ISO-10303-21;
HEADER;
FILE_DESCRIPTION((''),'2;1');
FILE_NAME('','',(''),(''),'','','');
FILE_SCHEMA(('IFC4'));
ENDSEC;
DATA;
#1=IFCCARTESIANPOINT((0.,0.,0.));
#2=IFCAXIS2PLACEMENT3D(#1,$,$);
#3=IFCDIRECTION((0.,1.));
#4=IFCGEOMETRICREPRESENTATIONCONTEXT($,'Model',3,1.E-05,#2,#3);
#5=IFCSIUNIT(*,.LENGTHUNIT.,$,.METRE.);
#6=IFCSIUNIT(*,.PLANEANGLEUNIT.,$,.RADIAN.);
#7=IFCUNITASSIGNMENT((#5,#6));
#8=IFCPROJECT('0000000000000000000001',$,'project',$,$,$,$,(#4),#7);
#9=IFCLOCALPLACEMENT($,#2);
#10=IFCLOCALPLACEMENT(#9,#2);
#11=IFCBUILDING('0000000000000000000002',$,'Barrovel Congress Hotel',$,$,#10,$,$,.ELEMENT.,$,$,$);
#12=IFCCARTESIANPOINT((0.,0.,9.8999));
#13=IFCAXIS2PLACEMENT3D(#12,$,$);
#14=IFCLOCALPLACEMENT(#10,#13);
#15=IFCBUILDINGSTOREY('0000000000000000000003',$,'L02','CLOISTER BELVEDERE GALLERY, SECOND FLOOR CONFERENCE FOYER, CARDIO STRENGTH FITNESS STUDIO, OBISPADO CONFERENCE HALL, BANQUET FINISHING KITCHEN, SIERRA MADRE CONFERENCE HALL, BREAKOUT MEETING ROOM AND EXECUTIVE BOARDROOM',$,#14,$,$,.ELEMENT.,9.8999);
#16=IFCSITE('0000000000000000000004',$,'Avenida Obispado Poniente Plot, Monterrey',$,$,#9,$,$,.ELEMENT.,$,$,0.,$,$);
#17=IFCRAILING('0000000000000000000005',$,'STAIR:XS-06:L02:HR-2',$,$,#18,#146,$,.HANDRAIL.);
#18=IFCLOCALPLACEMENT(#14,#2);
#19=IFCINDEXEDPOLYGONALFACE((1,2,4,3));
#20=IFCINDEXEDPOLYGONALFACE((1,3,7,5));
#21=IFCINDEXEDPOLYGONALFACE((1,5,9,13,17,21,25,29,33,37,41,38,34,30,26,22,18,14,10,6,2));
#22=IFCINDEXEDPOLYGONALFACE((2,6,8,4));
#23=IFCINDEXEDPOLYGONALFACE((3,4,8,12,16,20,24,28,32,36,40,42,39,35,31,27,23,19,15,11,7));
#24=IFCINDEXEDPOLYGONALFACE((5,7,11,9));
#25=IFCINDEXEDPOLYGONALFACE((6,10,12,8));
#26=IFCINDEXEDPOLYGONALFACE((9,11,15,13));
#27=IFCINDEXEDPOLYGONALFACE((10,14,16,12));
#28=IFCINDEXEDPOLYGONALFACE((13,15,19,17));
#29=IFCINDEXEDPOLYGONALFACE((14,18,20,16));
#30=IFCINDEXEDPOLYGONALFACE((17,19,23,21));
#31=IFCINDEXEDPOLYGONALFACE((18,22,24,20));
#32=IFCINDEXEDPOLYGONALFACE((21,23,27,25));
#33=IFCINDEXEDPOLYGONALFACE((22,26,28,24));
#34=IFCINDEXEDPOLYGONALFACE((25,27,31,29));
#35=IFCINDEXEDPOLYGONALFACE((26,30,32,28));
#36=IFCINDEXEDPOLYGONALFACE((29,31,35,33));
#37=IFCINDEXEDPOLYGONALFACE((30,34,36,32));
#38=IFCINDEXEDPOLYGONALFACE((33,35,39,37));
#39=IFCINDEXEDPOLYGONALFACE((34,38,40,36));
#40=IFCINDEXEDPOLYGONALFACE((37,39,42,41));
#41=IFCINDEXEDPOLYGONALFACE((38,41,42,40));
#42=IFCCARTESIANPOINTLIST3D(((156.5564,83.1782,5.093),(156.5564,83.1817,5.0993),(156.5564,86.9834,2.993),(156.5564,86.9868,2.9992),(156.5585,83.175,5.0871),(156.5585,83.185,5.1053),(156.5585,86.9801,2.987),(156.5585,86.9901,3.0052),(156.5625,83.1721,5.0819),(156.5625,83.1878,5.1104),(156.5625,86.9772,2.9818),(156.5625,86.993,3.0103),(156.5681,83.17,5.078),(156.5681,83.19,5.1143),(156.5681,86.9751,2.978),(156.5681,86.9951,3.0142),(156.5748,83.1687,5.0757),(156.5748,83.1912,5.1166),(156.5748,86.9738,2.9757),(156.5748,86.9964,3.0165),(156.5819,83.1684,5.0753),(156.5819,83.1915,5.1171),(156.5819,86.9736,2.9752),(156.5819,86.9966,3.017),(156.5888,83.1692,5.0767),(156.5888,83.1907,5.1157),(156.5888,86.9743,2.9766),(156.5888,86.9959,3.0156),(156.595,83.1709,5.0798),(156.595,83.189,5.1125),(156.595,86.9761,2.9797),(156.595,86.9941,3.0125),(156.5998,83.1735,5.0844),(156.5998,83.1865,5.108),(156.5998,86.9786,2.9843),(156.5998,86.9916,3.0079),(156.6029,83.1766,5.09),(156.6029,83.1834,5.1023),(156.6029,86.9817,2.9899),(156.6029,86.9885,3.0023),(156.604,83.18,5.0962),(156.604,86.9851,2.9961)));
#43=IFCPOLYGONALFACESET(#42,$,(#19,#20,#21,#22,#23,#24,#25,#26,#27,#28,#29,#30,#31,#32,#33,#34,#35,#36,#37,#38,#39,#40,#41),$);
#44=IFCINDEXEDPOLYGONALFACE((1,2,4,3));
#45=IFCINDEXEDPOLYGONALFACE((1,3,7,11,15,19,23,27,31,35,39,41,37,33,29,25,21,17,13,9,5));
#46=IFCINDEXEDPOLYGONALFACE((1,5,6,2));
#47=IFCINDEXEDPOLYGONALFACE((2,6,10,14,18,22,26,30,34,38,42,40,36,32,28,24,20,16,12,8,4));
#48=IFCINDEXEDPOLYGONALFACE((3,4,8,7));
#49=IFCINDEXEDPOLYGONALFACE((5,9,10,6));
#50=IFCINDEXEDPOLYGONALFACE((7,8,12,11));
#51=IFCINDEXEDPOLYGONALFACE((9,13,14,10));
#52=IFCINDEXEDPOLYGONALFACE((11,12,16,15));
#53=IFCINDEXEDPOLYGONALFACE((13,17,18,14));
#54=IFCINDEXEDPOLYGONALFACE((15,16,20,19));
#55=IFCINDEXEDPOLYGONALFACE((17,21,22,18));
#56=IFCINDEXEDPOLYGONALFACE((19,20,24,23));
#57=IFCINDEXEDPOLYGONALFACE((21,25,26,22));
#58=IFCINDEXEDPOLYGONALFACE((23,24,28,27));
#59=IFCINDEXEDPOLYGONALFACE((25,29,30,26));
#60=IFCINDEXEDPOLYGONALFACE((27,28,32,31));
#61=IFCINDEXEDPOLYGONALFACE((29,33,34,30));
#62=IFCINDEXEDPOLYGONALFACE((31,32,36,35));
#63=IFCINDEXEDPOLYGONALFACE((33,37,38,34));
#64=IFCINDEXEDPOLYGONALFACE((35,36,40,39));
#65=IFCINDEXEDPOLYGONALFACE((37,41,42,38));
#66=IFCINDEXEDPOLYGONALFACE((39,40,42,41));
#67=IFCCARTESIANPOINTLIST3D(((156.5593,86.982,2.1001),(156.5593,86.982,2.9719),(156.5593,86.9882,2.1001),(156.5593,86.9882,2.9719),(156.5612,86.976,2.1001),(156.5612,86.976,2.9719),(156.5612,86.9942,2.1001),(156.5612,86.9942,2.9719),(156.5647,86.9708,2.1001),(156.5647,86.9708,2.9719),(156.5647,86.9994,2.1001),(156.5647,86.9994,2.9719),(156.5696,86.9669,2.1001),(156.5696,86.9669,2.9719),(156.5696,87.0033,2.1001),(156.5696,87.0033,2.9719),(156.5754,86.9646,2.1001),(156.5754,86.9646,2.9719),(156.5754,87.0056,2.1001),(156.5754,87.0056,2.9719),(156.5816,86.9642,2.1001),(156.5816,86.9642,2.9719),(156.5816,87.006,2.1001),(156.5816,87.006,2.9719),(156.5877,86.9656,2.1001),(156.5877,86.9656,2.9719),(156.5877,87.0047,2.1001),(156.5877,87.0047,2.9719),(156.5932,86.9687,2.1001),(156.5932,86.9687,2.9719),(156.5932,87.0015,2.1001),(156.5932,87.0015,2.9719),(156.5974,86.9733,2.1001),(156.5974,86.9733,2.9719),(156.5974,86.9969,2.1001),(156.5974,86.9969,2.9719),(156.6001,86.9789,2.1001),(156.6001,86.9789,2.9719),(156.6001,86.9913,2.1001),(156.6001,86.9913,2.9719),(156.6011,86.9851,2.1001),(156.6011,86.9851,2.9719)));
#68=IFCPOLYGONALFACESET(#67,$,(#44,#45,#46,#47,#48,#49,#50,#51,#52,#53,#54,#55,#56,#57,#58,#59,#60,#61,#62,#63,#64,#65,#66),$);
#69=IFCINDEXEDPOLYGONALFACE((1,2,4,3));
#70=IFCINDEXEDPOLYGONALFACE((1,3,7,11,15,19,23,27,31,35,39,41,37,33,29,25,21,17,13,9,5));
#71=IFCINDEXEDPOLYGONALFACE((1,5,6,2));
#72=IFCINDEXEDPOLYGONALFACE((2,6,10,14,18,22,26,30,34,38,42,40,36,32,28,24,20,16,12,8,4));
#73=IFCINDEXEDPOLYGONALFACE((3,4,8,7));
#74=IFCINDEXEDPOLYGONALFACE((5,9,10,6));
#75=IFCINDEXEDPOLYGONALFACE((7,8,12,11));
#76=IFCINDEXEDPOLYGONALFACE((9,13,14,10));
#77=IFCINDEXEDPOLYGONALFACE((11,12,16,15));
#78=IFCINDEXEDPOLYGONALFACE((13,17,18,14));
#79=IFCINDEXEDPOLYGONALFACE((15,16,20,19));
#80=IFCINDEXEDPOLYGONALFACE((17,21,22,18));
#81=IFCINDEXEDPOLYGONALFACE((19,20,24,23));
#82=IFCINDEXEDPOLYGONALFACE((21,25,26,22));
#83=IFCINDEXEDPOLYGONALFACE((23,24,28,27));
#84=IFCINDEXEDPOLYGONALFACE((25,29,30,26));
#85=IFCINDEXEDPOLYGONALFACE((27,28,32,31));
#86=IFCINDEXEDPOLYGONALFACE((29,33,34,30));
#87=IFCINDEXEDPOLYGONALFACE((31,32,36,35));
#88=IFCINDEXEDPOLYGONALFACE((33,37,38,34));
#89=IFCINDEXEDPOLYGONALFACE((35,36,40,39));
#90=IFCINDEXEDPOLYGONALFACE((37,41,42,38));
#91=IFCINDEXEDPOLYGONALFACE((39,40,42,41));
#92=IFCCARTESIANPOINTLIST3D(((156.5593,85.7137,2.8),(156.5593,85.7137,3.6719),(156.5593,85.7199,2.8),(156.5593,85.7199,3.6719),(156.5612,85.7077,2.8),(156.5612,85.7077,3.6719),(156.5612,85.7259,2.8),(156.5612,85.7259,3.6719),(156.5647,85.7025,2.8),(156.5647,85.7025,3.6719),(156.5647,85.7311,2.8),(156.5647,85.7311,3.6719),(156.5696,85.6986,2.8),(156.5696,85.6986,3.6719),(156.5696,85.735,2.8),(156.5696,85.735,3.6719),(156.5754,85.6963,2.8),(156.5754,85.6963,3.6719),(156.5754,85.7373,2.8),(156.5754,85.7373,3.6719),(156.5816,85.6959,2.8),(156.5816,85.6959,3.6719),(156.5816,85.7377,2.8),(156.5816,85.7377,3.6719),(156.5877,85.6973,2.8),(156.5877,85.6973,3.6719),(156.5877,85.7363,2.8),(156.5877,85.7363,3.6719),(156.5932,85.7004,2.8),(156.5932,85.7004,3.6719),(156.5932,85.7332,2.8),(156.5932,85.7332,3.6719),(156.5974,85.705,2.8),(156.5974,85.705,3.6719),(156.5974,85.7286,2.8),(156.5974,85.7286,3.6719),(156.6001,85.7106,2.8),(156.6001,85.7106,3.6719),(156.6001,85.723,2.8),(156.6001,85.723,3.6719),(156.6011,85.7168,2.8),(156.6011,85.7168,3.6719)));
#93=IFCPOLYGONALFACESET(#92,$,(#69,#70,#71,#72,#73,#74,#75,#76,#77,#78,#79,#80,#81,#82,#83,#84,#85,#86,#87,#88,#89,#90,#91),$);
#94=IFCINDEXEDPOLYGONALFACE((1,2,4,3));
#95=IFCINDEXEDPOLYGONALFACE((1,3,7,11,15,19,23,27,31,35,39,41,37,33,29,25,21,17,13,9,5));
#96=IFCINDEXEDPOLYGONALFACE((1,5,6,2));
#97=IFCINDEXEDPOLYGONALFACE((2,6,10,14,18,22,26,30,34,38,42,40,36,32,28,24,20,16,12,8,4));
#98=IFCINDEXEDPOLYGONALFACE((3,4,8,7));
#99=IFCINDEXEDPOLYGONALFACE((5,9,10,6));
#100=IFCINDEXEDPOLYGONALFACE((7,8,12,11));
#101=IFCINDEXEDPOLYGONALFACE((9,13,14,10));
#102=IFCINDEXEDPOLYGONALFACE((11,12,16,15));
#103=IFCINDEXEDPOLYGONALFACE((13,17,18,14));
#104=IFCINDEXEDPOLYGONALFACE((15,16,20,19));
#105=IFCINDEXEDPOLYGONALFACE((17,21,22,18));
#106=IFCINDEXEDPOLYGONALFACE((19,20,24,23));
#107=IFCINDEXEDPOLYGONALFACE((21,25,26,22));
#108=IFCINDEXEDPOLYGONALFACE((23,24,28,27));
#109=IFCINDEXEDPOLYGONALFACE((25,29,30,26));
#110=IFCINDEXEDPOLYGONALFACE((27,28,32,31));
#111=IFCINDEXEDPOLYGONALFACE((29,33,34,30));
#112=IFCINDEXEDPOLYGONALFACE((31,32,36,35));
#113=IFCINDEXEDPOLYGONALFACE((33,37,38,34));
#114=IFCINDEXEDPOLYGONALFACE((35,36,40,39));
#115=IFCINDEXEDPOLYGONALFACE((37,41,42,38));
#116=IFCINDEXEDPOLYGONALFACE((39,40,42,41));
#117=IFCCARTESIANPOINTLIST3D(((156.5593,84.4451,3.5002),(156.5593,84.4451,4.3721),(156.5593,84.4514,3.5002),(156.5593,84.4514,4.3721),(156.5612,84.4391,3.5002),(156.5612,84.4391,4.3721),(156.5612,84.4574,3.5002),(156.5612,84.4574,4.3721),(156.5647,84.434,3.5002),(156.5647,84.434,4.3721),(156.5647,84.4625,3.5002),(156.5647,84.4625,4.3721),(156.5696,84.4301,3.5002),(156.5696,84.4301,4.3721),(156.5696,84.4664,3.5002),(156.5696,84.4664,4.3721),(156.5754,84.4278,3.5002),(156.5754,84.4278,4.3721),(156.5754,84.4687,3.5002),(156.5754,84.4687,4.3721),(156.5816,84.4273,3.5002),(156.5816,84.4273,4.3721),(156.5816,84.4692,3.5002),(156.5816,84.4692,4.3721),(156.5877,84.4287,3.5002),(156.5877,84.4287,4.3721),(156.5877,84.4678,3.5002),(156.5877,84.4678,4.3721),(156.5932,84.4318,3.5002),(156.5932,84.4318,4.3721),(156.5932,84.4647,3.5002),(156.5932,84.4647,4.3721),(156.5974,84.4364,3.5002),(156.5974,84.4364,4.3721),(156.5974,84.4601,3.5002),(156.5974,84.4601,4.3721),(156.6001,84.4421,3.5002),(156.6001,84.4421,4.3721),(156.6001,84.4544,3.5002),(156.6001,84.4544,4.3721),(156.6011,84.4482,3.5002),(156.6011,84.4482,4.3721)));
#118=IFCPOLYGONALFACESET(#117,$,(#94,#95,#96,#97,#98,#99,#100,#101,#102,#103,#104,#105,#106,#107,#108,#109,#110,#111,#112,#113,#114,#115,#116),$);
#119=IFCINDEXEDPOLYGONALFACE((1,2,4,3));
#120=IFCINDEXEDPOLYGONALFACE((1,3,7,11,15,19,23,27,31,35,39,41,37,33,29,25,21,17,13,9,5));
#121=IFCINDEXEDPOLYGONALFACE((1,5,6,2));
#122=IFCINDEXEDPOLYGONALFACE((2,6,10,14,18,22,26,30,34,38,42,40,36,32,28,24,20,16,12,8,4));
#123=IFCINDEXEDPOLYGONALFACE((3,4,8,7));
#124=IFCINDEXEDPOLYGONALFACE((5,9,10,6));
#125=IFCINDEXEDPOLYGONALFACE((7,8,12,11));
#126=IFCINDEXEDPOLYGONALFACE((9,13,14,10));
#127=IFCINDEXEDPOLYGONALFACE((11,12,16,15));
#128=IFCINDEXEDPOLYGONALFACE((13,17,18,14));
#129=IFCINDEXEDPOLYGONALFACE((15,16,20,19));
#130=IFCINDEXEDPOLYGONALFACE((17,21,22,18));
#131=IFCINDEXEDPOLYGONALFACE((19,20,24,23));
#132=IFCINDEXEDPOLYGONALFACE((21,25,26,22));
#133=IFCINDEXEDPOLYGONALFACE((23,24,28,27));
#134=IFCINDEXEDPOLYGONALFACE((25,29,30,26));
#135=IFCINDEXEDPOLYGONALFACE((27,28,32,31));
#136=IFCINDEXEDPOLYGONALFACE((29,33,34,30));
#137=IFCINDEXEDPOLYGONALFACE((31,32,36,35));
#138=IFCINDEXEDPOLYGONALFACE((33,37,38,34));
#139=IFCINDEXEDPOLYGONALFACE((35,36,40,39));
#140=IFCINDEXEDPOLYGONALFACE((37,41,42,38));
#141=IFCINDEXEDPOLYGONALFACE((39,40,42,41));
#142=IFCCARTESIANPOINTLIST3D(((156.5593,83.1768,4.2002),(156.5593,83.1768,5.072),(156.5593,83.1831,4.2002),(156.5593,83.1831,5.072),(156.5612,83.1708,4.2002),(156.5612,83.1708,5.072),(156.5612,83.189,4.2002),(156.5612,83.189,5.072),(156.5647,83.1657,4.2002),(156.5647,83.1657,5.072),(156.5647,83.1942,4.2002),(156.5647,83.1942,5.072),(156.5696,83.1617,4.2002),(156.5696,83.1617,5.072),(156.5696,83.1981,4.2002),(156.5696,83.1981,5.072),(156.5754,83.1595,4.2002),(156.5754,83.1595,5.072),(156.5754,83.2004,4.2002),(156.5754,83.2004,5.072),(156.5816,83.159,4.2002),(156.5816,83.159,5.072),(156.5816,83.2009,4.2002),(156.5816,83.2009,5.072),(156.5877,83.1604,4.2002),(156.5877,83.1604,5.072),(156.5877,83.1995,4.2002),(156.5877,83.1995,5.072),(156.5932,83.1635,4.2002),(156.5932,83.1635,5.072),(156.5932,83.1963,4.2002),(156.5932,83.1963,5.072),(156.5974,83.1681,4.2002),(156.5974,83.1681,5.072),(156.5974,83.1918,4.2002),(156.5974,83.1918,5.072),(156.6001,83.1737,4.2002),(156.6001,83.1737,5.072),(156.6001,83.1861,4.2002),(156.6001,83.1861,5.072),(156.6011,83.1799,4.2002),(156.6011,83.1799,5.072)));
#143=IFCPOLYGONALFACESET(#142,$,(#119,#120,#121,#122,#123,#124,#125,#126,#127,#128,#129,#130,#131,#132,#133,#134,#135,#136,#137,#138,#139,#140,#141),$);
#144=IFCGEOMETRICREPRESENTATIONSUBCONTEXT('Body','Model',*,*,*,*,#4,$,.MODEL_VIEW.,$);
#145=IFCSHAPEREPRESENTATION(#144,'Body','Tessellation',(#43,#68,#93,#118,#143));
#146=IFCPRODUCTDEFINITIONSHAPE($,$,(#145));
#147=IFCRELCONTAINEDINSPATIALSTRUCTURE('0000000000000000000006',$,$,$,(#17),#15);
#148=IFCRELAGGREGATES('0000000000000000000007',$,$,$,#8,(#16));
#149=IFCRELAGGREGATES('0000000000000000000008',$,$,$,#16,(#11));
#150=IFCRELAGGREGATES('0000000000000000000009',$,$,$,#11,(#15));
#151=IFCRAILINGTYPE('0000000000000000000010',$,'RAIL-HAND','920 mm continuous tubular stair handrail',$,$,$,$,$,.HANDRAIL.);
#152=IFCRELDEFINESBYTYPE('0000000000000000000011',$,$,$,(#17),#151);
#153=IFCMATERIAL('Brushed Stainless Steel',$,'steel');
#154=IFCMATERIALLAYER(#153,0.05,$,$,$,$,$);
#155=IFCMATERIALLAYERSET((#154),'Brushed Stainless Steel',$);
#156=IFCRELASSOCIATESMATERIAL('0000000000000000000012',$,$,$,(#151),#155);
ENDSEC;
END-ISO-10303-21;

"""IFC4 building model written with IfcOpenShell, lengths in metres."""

from ifc_helpers import new_model, si_unit, direction, frame, origin, origin_2d, place, context, subcontext, project, spatial, circle, extrude, material, layer, layer_set, type_object, element, save


model = new_model("IFC4")

# Units and contexts
model_context = context("Model", 3, precision=1e-05, world=origin(), true_north=direction((0.0, 1.0)))
body_context = subcontext(model_context, "Body", "Model", "MODEL_VIEW")
ifc_project = project(units=[si_unit("LENGTHUNIT", "METRE"), si_unit("PLANEANGLEUNIT", "RADIAN")], contexts=[model_context])

# Site, building, storey
site_placement = place(None, origin())
site = spatial("IfcSite", under=ifc_project, at=site_placement, Name="Avenida Obispado Poniente Plot, Monterrey", CompositionType="ELEMENT", RefElevation=0.0)
building_placement = place(site_placement, origin())
building = spatial("IfcBuilding", under=site, at=building_placement, Name="Barrovel Congress Hotel", CompositionType="ELEMENT")
storey_placement = place(building_placement, frame((0.0, 0.0, 9.8999)))
storey = spatial("IfcBuildingStorey", under=building, at=storey_placement, Name="L02", Description="CLOISTER BELVEDERE GALLERY, SECOND FLOOR CONFERENCE FOYER, CARDIO STRENGTH FITNESS STUDIO, OBISPADO CONFERENCE HALL, BANQUET FINISHING KITCHEN, SIERRA MADRE CONFERENCE HALL, BREAKOUT MEETING ROOM AND EXECUTIVE BOARDROOM", CompositionType="ELEMENT", Elevation=9.8999)

# Railing
ifc_material_1 = material(Name="Brushed Stainless Steel", Category="steel")
ifc_layer_1 = layer(ifc_material_1, 0.05)
ifc_layer_set_1 = layer_set([ifc_layer_1], Name="Brushed Stainless Steel")
railing_type_1 = type_object("IfcRailingType", Name="RAIL-HAND", Description="920 mm continuous tubular stair handrail", PredefinedType="HANDRAIL", material=ifc_layer_set_1)
railing_1_placement = place(storey_placement, frame((156.5801, 86.9851, 2.1001)))
element("IfcRailing", 1, at=railing_1_placement, inside=storey, type_object=railing_type_1, Name="STAIR:XS-06:L02:HR-2", PredefinedType="HANDRAIL", context=body_context, shape_type="SweptSolid", body=[
    extrude(circle(Radius=0.0239, at=origin_2d()), frame((0.0, 0.0, 0.896), z_axis=(0.0, -0.87551, 0.483199), x_axis=(1.0, 0.0, 0.0)), (0.0, 0.0, 1.0), 4.3462),
    extrude(circle(Radius=0.021, at=origin_2d()), origin(), (0.0, 0.0, 1.0), 0.8718),
    extrude(circle(Radius=0.021, at=origin_2d()), frame((0.0, -1.2683, 0.7)), (0.0, 0.0, 1.0), 0.8718),
    extrude(circle(Radius=0.021, at=origin_2d()), frame((0.0, -2.5369, 1.4001)), (0.0, 0.0, 1.0), 0.8718),
    extrude(circle(Radius=0.021, at=origin_2d()), frame((0.0, -3.8052, 2.1001)), (0.0, 0.0, 1.0), 0.8718),
])

save(model, "model.ifc")
